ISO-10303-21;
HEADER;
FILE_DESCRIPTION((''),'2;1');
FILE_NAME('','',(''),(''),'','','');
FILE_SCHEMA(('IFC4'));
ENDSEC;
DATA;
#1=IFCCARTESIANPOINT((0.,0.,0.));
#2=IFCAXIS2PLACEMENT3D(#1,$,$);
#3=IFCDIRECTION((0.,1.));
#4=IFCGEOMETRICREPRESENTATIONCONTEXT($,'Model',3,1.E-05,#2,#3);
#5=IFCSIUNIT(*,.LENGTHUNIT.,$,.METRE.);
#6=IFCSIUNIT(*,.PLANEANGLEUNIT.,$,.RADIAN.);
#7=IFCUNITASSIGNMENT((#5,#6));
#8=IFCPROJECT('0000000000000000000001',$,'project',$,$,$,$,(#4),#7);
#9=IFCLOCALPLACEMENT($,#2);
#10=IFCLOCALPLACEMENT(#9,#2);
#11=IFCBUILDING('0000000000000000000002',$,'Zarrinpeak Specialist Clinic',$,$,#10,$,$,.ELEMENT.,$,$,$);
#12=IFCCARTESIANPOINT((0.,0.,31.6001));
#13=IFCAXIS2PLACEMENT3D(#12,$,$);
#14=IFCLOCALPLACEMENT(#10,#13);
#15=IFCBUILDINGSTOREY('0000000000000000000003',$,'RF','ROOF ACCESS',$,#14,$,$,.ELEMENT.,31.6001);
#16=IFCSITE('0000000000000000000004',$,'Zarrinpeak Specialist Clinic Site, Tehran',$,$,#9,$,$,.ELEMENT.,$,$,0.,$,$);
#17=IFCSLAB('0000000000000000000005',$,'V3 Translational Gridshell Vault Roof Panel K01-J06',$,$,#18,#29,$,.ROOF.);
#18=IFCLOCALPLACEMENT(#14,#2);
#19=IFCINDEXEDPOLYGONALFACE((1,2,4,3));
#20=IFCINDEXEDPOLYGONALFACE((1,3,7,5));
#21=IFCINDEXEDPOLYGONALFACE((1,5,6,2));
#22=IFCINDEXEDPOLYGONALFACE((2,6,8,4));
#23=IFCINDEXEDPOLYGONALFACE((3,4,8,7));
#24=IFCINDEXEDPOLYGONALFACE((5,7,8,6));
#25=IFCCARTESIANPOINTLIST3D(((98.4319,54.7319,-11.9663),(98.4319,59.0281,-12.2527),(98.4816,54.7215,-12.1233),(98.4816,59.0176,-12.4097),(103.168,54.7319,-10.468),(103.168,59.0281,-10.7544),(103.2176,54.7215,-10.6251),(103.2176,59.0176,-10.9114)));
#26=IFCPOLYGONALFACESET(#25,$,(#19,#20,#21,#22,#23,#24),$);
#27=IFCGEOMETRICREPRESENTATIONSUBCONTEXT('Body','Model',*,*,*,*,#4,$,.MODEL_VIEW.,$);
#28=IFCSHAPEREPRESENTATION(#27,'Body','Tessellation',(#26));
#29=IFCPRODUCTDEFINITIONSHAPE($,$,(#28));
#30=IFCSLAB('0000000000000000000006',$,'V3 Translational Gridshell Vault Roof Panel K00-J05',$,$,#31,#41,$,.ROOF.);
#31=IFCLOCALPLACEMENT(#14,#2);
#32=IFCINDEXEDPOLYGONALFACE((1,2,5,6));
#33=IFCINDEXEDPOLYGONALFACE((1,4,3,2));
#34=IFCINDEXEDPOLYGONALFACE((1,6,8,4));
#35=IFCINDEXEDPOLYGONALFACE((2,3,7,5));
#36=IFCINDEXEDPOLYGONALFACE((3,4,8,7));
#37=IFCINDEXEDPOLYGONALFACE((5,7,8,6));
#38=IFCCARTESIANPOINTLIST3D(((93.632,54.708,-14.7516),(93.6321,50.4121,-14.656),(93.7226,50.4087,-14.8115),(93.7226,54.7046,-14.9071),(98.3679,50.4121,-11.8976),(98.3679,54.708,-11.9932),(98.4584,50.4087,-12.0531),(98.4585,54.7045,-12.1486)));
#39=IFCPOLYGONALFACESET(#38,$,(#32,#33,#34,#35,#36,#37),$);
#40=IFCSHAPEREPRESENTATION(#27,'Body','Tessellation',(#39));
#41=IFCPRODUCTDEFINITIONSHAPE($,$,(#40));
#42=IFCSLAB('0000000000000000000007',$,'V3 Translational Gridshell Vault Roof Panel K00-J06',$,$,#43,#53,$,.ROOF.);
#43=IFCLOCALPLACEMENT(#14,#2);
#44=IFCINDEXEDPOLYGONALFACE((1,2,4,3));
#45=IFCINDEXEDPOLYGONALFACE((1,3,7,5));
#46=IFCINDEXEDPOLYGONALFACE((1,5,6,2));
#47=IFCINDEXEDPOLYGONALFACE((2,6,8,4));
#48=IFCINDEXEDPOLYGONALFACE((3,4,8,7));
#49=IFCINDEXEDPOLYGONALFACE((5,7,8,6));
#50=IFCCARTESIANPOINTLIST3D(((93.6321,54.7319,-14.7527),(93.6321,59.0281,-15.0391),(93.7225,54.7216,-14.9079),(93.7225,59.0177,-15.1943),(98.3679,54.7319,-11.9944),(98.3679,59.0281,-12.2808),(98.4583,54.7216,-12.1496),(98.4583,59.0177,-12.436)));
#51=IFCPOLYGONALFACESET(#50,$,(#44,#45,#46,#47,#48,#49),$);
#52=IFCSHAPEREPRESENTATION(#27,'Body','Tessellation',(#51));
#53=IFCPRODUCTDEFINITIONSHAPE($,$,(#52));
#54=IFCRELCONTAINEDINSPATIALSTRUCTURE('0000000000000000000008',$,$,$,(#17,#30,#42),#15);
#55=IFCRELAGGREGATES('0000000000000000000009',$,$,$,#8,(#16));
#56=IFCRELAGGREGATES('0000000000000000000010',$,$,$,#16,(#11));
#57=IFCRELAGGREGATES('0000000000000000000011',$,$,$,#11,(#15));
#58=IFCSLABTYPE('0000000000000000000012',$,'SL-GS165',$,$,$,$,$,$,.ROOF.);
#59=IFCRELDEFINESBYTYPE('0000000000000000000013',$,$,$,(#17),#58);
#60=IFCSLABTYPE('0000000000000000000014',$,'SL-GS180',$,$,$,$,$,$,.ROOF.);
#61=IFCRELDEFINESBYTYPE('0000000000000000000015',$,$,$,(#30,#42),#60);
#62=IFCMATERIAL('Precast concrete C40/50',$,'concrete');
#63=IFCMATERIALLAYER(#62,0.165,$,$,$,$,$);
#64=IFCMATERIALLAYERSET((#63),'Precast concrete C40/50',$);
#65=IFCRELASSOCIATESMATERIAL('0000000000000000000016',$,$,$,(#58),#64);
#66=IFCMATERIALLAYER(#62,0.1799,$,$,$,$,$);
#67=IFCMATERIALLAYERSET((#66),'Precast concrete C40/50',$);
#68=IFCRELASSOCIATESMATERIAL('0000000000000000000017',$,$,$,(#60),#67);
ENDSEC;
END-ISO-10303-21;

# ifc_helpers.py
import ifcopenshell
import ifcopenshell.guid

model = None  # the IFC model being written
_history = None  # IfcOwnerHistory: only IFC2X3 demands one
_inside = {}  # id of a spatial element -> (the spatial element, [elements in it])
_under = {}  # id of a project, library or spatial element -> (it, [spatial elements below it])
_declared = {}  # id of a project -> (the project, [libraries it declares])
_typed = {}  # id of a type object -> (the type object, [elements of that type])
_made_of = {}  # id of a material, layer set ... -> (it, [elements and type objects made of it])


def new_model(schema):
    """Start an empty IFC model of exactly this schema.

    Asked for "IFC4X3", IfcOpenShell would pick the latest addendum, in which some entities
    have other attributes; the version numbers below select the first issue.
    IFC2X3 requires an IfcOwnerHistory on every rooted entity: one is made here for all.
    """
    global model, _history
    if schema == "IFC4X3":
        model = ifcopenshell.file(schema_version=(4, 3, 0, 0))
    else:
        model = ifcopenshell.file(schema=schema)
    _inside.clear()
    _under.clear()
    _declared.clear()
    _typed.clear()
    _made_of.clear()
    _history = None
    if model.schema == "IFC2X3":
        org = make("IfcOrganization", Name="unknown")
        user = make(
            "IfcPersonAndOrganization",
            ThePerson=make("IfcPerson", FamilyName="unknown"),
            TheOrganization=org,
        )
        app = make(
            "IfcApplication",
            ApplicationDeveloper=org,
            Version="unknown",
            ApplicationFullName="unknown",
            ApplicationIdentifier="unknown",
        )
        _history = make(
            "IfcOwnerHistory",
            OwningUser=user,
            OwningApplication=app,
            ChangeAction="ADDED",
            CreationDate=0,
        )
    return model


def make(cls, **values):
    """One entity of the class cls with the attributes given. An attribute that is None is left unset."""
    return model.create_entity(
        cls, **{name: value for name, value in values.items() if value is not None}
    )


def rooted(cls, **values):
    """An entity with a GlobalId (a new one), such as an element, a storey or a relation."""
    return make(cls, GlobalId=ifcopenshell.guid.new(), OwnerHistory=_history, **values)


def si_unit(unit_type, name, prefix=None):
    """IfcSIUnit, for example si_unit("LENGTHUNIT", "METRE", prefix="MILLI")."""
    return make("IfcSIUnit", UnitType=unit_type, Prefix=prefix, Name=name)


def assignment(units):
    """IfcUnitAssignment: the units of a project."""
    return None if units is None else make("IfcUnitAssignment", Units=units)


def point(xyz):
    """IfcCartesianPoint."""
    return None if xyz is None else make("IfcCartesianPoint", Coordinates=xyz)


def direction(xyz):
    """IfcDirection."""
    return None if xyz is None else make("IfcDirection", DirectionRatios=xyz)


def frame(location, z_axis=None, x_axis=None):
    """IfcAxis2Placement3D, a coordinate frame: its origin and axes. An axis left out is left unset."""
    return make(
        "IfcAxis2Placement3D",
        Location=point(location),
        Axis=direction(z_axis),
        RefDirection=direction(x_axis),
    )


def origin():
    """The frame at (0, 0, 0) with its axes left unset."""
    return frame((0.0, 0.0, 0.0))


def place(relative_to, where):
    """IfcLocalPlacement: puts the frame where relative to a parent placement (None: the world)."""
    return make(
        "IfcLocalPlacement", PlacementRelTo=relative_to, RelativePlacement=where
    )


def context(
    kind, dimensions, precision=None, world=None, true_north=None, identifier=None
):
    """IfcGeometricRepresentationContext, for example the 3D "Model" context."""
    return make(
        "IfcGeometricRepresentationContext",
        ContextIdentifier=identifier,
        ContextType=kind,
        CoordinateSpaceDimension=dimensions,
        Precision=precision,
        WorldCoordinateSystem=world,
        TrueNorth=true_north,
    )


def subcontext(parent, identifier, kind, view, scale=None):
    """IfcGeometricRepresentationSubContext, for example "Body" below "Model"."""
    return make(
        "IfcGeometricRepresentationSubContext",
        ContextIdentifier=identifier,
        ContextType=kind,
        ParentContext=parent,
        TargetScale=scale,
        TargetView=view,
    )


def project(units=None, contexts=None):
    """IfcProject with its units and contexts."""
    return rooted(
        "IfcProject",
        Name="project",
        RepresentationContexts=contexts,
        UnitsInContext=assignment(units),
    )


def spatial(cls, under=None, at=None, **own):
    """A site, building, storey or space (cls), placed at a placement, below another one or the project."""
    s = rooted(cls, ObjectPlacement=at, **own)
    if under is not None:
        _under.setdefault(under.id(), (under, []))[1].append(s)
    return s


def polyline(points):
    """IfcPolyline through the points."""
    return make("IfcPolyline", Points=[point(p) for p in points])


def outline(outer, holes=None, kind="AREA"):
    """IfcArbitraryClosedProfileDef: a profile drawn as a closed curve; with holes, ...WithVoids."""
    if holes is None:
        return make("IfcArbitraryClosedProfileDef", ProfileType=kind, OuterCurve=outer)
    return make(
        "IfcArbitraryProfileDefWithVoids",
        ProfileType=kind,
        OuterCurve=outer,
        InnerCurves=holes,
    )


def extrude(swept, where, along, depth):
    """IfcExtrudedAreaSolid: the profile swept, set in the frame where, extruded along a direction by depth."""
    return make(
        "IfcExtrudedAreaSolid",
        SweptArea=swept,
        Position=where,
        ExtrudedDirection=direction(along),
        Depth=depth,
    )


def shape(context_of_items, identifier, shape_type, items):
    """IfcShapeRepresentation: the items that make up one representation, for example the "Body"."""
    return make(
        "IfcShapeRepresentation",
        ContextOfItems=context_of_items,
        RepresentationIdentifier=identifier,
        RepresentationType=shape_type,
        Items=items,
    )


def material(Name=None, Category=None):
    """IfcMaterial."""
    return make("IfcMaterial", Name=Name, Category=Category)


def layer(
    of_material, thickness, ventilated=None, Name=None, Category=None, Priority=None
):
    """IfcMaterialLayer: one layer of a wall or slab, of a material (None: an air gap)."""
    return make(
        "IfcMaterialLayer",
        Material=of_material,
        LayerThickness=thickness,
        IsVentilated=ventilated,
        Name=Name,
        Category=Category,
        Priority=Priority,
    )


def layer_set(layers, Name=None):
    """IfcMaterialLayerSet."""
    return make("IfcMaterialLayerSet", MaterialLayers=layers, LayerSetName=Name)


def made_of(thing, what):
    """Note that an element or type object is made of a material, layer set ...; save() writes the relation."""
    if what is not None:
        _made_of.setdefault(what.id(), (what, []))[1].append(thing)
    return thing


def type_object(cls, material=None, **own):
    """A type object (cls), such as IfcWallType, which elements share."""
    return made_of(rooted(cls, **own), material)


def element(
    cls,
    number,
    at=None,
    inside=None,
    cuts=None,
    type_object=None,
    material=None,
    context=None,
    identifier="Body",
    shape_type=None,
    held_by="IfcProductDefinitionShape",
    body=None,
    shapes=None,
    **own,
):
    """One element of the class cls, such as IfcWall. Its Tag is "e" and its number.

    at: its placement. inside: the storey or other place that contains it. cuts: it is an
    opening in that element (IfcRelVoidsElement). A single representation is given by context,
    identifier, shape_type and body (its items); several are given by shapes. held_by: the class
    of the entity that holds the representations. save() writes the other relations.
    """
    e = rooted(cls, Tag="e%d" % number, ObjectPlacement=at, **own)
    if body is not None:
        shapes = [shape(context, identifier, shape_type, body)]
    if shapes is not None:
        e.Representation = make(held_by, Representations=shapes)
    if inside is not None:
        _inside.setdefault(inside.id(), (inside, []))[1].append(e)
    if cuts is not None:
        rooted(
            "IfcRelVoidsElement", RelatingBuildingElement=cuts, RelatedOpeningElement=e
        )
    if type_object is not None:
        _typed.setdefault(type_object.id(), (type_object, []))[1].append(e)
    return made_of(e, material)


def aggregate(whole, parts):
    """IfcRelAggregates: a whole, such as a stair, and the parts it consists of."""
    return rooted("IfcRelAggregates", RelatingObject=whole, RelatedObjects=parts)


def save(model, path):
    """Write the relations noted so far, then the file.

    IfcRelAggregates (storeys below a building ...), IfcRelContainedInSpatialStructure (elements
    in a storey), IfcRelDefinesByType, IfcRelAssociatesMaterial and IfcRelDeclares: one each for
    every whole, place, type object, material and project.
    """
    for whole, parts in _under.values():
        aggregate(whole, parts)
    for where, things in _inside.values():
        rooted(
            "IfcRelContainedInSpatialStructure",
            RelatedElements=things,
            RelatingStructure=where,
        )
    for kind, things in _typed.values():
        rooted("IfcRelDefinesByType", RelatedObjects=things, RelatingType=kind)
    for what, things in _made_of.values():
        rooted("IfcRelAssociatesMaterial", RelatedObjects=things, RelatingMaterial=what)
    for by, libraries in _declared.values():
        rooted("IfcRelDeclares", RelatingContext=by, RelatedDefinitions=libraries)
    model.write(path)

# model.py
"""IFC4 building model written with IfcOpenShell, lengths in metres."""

from ifc_helpers import new_model, si_unit, direction, frame, origin, place, context, subcontext, project, spatial, polyline, outline, extrude, material, layer, layer_set, type_object, element, save


model = new_model("IFC4")

# Units and contexts
model_context = context("Model", 3, precision=1e-05, world=origin(), true_north=direction((0.0, 1.0)))
body_context = subcontext(model_context, "Body", "Model", "MODEL_VIEW")
ifc_project = project(units=[si_unit("LENGTHUNIT", "METRE"), si_unit("PLANEANGLEUNIT", "RADIAN")], contexts=[model_context])

# Site, building, storey
site_placement = place(None, origin())
site = spatial("IfcSite", under=ifc_project, at=site_placement, Name="Zarrinpeak Specialist Clinic Site, Tehran", CompositionType="ELEMENT", RefElevation=0.0)
building_placement = place(site_placement, origin())
building = spatial("IfcBuilding", under=site, at=building_placement, Name="Zarrinpeak Specialist Clinic", CompositionType="ELEMENT")
storey_placement = place(building_placement, frame((0.0, 0.0, 31.6001)))
storey = spatial("IfcBuildingStorey", under=building, at=storey_placement, Name="RF", Description="ROOF ACCESS", CompositionType="ELEMENT", Elevation=31.6001)

# Slabs
ifc_material_1 = material(Name="Precast concrete C40/50", Category="concrete")
ifc_layer_1 = layer(ifc_material_1, 0.165)
ifc_layer_set_1 = layer_set([ifc_layer_1], Name="Precast concrete C40/50")
slab_type_1 = type_object("IfcSlabType", Name="SL-GS165", PredefinedType="ROOF", material=ifc_layer_set_1)
slab_1_placement = place(storey_placement, frame((98.4319, 54.7319, -11.9663), z_axis=(-0.301016, 0.063427, 0.951508), x_axis=(0.953427, 0.0, 0.301623)))
element("IfcSlab", 1, at=slab_1_placement, inside=storey, type_object=slab_type_1, Name="V3 Translational Gridshell Vault Roof Panel K01-J06", PredefinedType="ROOF", context=body_context, shape_type="SweptSolid", body=[
    extrude(outline(polyline([(0.0, 0.0), (4.9674, 0.0), (4.8811, 4.3048), (-0.0864, 4.3048), (0.0, 0.0)])), origin(), (0.0, 0.0, -1.0), 0.165),
])
ifc_layer_2 = layer(ifc_material_1, 0.1799)
ifc_layer_set_2 = layer_set([ifc_layer_2], Name="Precast concrete C40/50")
slab_type_2 = type_object("IfcSlabType", Name="SL-GS180", PredefinedType="ROOF", material=ifc_layer_set_2)
slab_2_placement = place(storey_placement, frame((93.6321, 50.4121, -14.656), z_axis=(-0.503213, 0.019222, 0.863949), x_axis=(0.864108, 0.0, 0.503306)))
element("IfcSlab", 2, at=slab_2_placement, inside=storey, type_object=slab_type_2, Name="V3 Translational Gridshell Vault Roof Panel K00-J05", PredefinedType="ROOF", context=body_context, shape_type="SweptSolid", body=[
    extrude(outline(polyline([(0.0, 0.0), (5.4805, 0.0), (5.4325, 4.2967), (-0.0482, 4.2967), (0.0, 0.0)])), origin(), (0.0, 0.0, -1.0), 0.1799),
])
slab_3_placement = place(storey_placement, frame((93.6321, 54.7319, -14.7527), z_axis=(-0.502456, 0.057506, 0.862688), x_axis=(0.864118, 0.0, 0.503289)))
element("IfcSlab", 3, at=slab_3_placement, inside=storey, type_object=slab_type_2, Name="V3 Translational Gridshell Vault Roof Panel K00-J06", PredefinedType="ROOF", context=body_context, shape_type="SweptSolid", body=[
    extrude(outline(polyline([(0.0, 0.0), (5.4805, 0.0), (5.3364, 4.3033), (-0.1441, 4.3033), (0.0, 0.0)])), origin(), (0.0, 0.0, -1.0), 0.1799),
])

save(model, "model.ifc")
